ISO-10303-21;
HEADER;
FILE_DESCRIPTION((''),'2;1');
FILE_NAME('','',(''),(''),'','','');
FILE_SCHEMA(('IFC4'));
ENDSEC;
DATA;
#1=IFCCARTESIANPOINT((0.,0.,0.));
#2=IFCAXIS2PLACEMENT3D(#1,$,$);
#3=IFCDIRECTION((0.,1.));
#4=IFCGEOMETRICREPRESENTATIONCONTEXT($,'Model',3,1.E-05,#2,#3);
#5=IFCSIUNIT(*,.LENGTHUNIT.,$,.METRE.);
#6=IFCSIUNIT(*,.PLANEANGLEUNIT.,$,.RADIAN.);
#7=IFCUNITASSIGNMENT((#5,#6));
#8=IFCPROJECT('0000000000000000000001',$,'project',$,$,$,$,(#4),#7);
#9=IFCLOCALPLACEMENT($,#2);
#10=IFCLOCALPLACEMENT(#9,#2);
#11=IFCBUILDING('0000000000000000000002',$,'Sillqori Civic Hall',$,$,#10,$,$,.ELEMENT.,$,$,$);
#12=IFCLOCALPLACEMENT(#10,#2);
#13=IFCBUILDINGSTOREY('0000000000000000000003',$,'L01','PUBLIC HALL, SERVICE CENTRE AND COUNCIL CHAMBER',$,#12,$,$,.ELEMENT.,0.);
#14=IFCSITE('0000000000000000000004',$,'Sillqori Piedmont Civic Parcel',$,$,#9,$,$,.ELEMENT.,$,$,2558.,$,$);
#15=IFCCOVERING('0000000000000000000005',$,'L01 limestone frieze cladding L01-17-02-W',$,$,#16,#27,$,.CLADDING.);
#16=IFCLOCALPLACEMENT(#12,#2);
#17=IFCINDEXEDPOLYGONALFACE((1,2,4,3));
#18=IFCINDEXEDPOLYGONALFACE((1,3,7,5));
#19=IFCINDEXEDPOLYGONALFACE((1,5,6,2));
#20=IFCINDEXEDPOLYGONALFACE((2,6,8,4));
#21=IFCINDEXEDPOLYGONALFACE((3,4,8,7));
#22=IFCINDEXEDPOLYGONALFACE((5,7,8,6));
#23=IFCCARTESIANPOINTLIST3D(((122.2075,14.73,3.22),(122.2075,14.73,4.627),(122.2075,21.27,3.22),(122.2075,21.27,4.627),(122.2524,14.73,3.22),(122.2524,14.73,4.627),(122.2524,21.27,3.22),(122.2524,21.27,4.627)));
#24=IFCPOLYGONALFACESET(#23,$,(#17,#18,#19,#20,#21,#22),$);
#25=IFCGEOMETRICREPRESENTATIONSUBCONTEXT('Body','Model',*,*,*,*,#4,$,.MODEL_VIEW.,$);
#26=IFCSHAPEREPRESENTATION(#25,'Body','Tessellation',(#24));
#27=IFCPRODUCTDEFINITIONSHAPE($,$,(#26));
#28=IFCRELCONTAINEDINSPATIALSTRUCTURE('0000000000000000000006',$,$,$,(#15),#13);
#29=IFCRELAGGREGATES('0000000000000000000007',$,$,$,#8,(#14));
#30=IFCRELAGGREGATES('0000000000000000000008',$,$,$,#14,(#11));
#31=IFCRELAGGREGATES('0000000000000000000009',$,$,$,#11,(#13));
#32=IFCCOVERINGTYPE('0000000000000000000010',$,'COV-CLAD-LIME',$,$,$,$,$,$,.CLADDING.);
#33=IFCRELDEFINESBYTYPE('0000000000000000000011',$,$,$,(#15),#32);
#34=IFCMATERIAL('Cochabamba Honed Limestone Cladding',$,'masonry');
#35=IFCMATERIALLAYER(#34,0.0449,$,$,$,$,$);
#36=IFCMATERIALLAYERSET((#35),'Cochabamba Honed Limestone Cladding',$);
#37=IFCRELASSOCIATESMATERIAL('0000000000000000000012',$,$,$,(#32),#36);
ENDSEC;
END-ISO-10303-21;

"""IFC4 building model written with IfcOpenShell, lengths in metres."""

from ifc_helpers import new_model, si_unit, direction, frame, frame_2d, origin, place, context, subcontext, project, spatial, rectangle, extrude, material, layer, layer_set, type_object, element, save


model = new_model("IFC4")

# Units and contexts
model_context = context("Model", 3, precision=1e-05, world=origin(), true_north=direction((0.0, 1.0)))
body_context = subcontext(model_context, "Body", "Model", "MODEL_VIEW")
ifc_project = project(units=[si_unit("LENGTHUNIT", "METRE"), si_unit("PLANEANGLEUNIT", "RADIAN")], contexts=[model_context])

# Site, building, storey
site_placement = place(None, origin())
site = spatial("IfcSite", under=ifc_project, at=site_placement, Name="Sillqori Piedmont Civic Parcel", CompositionType="ELEMENT", RefElevation=2558.0)
building_placement = place(site_placement, origin())
building = spatial("IfcBuilding", under=site, at=building_placement, Name="Sillqori Civic Hall", CompositionType="ELEMENT")
storey_placement = place(building_placement, origin())
storey = spatial("IfcBuildingStorey", under=building, at=storey_placement, Name="L01", Description="PUBLIC HALL, SERVICE CENTRE AND COUNCIL CHAMBER", CompositionType="ELEMENT", Elevation=0.0)

# Covering
ifc_material_1 = material(Name="Cochabamba Honed Limestone Cladding", Category="masonry")
ifc_layer_1 = layer(ifc_material_1, 0.0449)
ifc_layer_set_1 = layer_set([ifc_layer_1], Name="Cochabamba Honed Limestone Cladding")
covering_type = type_object("IfcCoveringType", Name="COV-CLAD-LIME", PredefinedType="CLADDING", material=ifc_layer_set_1)
covering_1_placement = place(storey_placement, frame((122.23, 14.73, 3.22), z_axis=(0.0, 0.0, 1.0), x_axis=(0.0, 1.0, 0.0)))
element("IfcCovering", 1, at=covering_1_placement, inside=storey, type_object=covering_type, Name="L01 limestone frieze cladding L01-17-02-W", PredefinedType="CLADDING", context=body_context, shape_type="SweptSolid", body=[
    extrude(rectangle(XDim=6.54, YDim=0.0449, at=frame_2d((3.27, 0.0))), origin(), (0.0, 0.0, 1.0), 1.407),
])

save(model, "model.ifc")
